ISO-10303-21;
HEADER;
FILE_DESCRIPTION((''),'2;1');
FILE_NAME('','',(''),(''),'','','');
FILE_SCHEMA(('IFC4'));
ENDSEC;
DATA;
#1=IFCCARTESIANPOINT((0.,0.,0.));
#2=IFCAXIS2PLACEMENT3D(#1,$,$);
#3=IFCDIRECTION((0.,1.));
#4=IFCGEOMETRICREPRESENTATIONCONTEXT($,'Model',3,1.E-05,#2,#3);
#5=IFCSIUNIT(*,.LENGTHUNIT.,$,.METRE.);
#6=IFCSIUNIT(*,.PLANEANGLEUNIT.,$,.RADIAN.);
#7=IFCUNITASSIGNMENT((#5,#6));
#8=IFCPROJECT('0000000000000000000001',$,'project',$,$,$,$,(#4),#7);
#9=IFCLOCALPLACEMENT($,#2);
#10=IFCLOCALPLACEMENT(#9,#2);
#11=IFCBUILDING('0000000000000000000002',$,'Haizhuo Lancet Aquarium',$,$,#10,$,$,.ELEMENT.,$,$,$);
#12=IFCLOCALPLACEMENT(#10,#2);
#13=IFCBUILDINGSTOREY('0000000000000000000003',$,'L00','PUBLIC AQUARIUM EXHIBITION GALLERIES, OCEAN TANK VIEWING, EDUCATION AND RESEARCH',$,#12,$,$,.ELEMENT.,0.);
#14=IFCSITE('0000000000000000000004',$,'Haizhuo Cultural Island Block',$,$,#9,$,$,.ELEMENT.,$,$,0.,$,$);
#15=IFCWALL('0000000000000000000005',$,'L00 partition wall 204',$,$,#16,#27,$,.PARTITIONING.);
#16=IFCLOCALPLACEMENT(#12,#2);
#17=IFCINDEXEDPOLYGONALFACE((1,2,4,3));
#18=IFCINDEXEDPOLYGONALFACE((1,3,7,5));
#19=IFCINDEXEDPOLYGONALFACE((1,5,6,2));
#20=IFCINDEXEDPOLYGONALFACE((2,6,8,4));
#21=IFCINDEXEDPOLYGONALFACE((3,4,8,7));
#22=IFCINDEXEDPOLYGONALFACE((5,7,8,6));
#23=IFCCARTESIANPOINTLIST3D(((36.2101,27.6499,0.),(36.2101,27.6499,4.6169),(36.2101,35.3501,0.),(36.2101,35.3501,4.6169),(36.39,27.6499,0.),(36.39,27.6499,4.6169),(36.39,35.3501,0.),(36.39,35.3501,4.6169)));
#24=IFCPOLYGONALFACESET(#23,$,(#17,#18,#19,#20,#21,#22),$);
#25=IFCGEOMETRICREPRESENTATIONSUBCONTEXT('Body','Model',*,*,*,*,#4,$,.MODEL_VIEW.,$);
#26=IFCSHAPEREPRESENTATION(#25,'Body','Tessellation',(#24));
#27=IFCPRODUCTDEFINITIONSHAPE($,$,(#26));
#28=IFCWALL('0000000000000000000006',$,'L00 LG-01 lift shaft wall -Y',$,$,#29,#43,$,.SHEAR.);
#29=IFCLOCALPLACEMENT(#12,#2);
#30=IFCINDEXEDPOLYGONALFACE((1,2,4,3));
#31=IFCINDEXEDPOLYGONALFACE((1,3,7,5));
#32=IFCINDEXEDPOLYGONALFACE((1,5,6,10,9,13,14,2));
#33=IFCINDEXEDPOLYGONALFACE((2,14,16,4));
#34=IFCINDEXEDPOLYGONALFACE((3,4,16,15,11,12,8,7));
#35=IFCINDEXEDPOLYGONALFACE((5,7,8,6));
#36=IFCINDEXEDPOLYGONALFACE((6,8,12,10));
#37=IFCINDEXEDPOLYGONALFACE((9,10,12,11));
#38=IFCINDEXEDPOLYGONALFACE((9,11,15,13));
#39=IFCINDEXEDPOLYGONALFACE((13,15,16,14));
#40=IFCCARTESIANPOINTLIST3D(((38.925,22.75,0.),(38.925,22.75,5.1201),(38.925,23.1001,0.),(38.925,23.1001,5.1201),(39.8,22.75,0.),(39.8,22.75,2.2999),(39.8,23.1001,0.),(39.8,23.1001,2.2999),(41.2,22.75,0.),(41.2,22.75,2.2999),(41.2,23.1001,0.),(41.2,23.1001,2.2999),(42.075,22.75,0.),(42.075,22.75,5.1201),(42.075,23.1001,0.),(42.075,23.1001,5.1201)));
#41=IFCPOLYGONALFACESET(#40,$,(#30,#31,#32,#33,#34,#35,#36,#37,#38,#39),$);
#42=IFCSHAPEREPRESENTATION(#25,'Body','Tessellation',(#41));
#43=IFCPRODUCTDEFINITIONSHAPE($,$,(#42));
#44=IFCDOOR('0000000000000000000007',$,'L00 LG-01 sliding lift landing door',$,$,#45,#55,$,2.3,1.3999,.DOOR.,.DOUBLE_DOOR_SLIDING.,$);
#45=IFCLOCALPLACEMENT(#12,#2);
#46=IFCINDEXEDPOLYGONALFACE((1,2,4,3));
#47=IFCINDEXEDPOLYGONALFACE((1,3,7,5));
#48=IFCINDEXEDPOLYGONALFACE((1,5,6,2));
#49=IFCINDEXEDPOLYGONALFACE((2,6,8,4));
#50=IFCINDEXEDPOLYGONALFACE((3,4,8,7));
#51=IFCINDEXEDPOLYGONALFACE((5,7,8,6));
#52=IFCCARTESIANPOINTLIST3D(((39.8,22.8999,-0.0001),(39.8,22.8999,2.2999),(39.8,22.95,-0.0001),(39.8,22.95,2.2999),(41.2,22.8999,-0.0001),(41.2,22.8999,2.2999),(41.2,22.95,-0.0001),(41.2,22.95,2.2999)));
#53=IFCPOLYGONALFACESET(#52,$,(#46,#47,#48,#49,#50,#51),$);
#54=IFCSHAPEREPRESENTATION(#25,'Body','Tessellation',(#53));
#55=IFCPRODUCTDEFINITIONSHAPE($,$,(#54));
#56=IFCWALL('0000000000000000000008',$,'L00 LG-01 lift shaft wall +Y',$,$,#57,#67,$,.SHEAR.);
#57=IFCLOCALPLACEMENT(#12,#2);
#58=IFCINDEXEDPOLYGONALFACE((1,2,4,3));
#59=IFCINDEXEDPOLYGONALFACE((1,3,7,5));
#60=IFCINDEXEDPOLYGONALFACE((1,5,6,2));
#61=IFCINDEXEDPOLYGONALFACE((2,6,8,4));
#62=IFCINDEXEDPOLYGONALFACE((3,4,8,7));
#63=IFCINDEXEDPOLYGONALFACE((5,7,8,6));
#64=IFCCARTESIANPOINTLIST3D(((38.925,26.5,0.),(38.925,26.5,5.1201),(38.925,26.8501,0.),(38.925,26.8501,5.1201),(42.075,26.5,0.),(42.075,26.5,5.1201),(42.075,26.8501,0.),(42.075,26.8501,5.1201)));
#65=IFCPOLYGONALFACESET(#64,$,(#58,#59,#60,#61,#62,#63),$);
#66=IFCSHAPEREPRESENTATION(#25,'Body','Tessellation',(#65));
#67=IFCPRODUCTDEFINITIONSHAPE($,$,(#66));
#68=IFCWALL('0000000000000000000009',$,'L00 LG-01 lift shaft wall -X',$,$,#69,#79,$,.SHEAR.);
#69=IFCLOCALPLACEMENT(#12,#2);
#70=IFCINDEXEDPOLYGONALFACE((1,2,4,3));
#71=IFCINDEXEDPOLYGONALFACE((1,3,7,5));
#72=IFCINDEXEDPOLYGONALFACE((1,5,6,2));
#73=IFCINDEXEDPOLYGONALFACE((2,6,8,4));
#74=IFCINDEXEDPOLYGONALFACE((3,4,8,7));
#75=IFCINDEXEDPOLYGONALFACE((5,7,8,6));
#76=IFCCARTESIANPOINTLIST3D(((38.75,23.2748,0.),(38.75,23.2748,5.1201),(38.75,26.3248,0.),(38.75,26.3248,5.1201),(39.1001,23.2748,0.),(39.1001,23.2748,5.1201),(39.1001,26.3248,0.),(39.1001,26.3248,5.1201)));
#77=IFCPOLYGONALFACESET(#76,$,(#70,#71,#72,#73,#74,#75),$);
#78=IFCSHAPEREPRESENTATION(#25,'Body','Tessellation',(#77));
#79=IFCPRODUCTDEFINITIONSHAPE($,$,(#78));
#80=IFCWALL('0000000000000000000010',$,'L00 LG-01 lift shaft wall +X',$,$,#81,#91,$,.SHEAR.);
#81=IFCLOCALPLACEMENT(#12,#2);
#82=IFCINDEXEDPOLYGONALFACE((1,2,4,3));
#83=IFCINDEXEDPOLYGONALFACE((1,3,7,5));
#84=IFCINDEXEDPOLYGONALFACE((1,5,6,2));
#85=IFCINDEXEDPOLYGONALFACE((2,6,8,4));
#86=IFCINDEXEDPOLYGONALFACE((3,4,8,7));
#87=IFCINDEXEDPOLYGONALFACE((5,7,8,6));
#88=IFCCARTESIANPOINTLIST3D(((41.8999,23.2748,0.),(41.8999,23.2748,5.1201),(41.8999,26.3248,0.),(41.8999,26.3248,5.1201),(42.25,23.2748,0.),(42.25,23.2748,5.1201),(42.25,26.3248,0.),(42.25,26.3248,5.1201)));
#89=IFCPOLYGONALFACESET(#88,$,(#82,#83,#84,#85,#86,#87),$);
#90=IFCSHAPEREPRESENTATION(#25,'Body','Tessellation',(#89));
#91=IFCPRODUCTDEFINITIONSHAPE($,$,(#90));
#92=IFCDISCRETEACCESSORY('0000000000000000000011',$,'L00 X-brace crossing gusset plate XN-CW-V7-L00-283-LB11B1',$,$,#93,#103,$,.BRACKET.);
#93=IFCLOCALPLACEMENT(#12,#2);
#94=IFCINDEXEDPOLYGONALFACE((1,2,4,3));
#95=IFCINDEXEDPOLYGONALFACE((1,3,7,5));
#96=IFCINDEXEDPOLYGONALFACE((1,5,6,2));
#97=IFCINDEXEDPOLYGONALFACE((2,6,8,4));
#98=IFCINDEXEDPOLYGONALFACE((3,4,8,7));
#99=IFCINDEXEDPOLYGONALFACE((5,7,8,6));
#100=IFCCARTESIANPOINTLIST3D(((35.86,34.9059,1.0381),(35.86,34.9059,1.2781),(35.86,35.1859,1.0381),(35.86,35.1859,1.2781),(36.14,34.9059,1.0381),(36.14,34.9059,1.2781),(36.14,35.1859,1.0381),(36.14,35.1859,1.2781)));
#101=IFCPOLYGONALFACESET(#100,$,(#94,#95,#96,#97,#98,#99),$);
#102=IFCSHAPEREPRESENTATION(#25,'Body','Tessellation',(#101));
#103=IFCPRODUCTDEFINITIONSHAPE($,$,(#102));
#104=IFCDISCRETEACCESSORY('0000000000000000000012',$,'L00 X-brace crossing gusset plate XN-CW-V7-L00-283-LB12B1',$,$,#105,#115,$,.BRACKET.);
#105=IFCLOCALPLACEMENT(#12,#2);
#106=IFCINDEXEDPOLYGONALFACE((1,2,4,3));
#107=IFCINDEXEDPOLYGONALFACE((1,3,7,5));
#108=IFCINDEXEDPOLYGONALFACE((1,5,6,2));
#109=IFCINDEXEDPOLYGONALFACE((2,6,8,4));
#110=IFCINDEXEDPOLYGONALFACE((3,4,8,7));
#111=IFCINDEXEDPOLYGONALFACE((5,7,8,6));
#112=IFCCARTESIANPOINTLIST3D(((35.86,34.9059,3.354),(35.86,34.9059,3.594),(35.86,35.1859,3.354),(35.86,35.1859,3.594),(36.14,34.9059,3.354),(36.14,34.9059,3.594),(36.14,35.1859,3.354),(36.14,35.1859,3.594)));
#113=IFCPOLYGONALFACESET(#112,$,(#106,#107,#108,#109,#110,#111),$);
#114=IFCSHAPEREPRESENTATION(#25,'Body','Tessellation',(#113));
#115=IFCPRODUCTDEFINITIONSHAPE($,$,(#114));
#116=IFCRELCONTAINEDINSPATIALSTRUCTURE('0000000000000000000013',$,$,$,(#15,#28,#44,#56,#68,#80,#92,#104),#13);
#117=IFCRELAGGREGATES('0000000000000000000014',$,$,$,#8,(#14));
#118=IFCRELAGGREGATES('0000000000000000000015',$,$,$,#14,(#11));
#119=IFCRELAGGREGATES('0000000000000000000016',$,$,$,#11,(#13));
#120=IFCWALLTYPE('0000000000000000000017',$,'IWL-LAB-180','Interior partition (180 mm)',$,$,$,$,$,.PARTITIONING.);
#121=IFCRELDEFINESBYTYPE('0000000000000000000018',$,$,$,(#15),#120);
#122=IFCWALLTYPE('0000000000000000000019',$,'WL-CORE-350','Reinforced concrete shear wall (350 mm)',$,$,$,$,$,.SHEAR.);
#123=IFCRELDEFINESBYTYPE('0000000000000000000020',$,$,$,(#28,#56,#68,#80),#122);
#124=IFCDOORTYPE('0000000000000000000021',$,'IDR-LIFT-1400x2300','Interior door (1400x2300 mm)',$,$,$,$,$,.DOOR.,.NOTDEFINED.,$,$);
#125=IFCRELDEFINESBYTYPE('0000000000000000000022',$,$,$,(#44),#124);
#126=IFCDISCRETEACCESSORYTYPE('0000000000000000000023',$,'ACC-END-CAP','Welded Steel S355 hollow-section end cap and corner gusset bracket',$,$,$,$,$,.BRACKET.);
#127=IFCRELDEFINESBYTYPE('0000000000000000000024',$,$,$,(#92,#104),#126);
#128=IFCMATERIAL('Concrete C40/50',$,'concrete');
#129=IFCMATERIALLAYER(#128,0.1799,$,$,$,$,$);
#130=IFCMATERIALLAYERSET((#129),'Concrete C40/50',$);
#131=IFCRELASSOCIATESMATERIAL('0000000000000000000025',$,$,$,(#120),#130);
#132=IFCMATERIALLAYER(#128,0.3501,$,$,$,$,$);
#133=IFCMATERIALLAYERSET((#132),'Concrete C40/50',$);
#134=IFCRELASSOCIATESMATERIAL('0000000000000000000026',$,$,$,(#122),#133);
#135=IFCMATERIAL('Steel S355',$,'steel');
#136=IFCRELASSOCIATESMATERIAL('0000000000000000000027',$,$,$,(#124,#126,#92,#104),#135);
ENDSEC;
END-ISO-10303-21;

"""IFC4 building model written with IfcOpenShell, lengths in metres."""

from ifc_helpers import new_model, si_unit, direction, frame, frame_2d, origin, origin_2d, place, context, subcontext, project, spatial, rectangle, extrude, material, layer, layer_set, type_object, element, fill, save


model = new_model("IFC4")

# Units and contexts
model_context = context("Model", 3, precision=1e-05, world=origin(), true_north=direction((0.0, 1.0)))
body_context = subcontext(model_context, "Body", "Model", "MODEL_VIEW")
ifc_project = project(units=[si_unit("LENGTHUNIT", "METRE"), si_unit("PLANEANGLEUNIT", "RADIAN")], contexts=[model_context])

# Site, building, storey
site_placement = place(None, origin())
site = spatial("IfcSite", under=ifc_project, at=site_placement, Name="Haizhuo Cultural Island Block", CompositionType="ELEMENT", RefElevation=0.0)
building_placement = place(site_placement, origin())
building = spatial("IfcBuilding", under=site, at=building_placement, Name="Haizhuo Lancet Aquarium", CompositionType="ELEMENT")
storey_placement = place(building_placement, origin())
storey = spatial("IfcBuildingStorey", under=building, at=storey_placement, Name="L00", Description="PUBLIC AQUARIUM EXHIBITION GALLERIES, OCEAN TANK VIEWING, EDUCATION AND RESEARCH", CompositionType="ELEMENT", Elevation=0.0)

# Shared definitions
ifc_material_1 = material(Name="Steel S355", Category="steel")

# Shared definitions
ifc_material_2 = material(Name="Concrete C40/50", Category="concrete")
ifc_layer_1 = layer(ifc_material_2, 0.1799)
ifc_layer_set_1 = layer_set([ifc_layer_1], Name="Concrete C40/50")
wall_type_1 = type_object("IfcWallType", Name="IWL-LAB-180", Description="Interior partition (180 mm)", PredefinedType="PARTITIONING", material=ifc_layer_set_1)

# Wall
wall_1_placement = place(storey_placement, frame((36.3, 35.3501, 0.0), z_axis=(0.0, 0.0, 1.0), x_axis=(0.0, -1.0, 0.0)))
element("IfcWall", 1, at=wall_1_placement, inside=storey, type_object=wall_type_1, Name="L00 partition wall 204", PredefinedType="PARTITIONING", context=body_context, shape_type="SweptSolid", body=[
    extrude(rectangle(XDim=7.7002, YDim=0.1799, at=frame_2d((3.8501, 0.0))), origin(), (0.0, 0.0, 1.0), 4.6169),
])

# Wall, opening, door
ifc_layer_2 = layer(ifc_material_2, 0.3501)
ifc_layer_set_2 = layer_set([ifc_layer_2], Name="Concrete C40/50")
wall_type_2 = type_object("IfcWallType", Name="WL-CORE-350", Description="Reinforced concrete shear wall (350 mm)", PredefinedType="SHEAR", material=ifc_layer_set_2)
wall_2_placement = place(storey_placement, frame((38.925, 22.925, 0.0), z_axis=(0.0, 0.0, 1.0), x_axis=(1.0, 0.0, 0.0)))
wall_2 = element("IfcWall", 2, at=wall_2_placement, inside=storey, type_object=wall_type_2, Name="L00 LG-01 lift shaft wall -Y", PredefinedType="SHEAR", context=body_context, shape_type="SweptSolid", body=[
    extrude(rectangle(XDim=3.1499, YDim=0.3501, at=frame_2d((1.575, 0.0))), origin(), (0.0, 0.0, 1.0), 5.1201),
])
opening_1_placement = place(wall_2_placement, frame((0.875, 0.0, 0.0)))
opening_1 = element("IfcOpeningElement", 3, at=opening_1_placement, cuts=wall_2, PredefinedType="OPENING", context=body_context, shape_type="SweptSolid", body=[
    extrude(rectangle(XDim=1.3999, YDim=2.3, at=frame_2d((0.7, 1.1499))), frame((0.0, 0.1851, 0.0), z_axis=(0.0, -1.0, 0.0), x_axis=(1.0, 0.0, 0.0)), (0.0, 0.0, 1.0), 0.3701),
])
door_type_1 = type_object("IfcDoorType", Name="IDR-LIFT-1400x2300", Description="Interior door (1400x2300 mm)", OperationType="NOTDEFINED", PredefinedType="DOOR", material=ifc_material_1)
door_1_placement = place(opening_1_placement, origin())
door_1 = element("IfcDoor", 4, at=door_1_placement, inside=storey, type_object=door_type_1, Name="L00 LG-01 sliding lift landing door", OperationType="DOUBLE_DOOR_SLIDING", OverallHeight=2.3, OverallWidth=1.3999, PredefinedType="DOOR", context=body_context, shape_type="SweptSolid", body=[
    extrude(rectangle(XDim=1.3999, YDim=2.3, at=frame_2d((0.7, 1.1499))), frame((0.0, 0.0249, 0.0), z_axis=(0.0, -1.0, 0.0), x_axis=(1.0, 0.0, 0.0)), (0.0, 0.0, 1.0), 0.05),
])
fill(opening_1, door_1)

# Walls
wall_3_placement = place(storey_placement, frame((42.075, 26.675, 0.0), z_axis=(0.0, 0.0, 1.0), x_axis=(-1.0, 0.0, 0.0)))
element("IfcWall", 5, at=wall_3_placement, inside=storey, type_object=wall_type_2, Name="L00 LG-01 lift shaft wall +Y", PredefinedType="SHEAR", context=body_context, shape_type="SweptSolid", body=[
    extrude(rectangle(XDim=3.1499, YDim=0.3501, at=frame_2d((1.575, 0.0))), origin(), (0.0, 0.0, 1.0), 5.1201),
])
for number, where, z_axis, x_axis, name in (
    (6, (38.925, 23.2749, 0.0), (0.0, 0.0, 1.0), (0.0, 1.0, 0.0), "L00 LG-01 lift shaft wall -X"),
    (7, (42.075, 23.2749, 0.0), (0.0, 0.0, 1.0), (0.0, 1.0, 0.0), "L00 LG-01 lift shaft wall +X"),
):
    element("IfcWall", number, at=place(storey_placement, frame(where, z_axis=z_axis, x_axis=x_axis)), inside=storey, type_object=wall_type_2, Name=name, PredefinedType="SHEAR", context=body_context, shape_type="SweptSolid", body=[
        extrude(rectangle(XDim=3.05, YDim=0.3501, at=frame_2d((1.5249, 0.0))), origin(), (0.0, 0.0, 1.0), 5.1201),
    ])

# Discrete accessories
discrete_accessory_type = type_object("IfcDiscreteAccessoryType", Name="ACC-END-CAP", Description="Welded Steel S355 hollow-section end cap and corner gusset bracket", PredefinedType="BRACKET", material=ifc_material_1)
for number, where, z_axis, x_axis, name in (
    (8, (36.0, 35.0459, 1.0381), (0.0, 0.0, 1.0), (1.0, 0.0, 0.0), "L00 X-brace crossing gusset plate XN-CW-V7-L00-283-LB11B1"),
    (9, (36.0, 35.0459, 3.354), (0.0, 0.0, 1.0), (1.0, 0.0, 0.0), "L00 X-brace crossing gusset plate XN-CW-V7-L00-283-LB12B1"),
):
    element("IfcDiscreteAccessory", number, at=place(storey_placement, frame(where, z_axis=z_axis, x_axis=x_axis)), inside=storey, type_object=discrete_accessory_type, material=ifc_material_1, Name=name, PredefinedType="BRACKET", context=body_context, shape_type="SweptSolid", body=[
        extrude(rectangle(XDim=0.28, YDim=0.28, at=origin_2d()), origin(), (0.0, 0.0, 1.0), 0.24),
    ])

save(model, "model.ifc")
